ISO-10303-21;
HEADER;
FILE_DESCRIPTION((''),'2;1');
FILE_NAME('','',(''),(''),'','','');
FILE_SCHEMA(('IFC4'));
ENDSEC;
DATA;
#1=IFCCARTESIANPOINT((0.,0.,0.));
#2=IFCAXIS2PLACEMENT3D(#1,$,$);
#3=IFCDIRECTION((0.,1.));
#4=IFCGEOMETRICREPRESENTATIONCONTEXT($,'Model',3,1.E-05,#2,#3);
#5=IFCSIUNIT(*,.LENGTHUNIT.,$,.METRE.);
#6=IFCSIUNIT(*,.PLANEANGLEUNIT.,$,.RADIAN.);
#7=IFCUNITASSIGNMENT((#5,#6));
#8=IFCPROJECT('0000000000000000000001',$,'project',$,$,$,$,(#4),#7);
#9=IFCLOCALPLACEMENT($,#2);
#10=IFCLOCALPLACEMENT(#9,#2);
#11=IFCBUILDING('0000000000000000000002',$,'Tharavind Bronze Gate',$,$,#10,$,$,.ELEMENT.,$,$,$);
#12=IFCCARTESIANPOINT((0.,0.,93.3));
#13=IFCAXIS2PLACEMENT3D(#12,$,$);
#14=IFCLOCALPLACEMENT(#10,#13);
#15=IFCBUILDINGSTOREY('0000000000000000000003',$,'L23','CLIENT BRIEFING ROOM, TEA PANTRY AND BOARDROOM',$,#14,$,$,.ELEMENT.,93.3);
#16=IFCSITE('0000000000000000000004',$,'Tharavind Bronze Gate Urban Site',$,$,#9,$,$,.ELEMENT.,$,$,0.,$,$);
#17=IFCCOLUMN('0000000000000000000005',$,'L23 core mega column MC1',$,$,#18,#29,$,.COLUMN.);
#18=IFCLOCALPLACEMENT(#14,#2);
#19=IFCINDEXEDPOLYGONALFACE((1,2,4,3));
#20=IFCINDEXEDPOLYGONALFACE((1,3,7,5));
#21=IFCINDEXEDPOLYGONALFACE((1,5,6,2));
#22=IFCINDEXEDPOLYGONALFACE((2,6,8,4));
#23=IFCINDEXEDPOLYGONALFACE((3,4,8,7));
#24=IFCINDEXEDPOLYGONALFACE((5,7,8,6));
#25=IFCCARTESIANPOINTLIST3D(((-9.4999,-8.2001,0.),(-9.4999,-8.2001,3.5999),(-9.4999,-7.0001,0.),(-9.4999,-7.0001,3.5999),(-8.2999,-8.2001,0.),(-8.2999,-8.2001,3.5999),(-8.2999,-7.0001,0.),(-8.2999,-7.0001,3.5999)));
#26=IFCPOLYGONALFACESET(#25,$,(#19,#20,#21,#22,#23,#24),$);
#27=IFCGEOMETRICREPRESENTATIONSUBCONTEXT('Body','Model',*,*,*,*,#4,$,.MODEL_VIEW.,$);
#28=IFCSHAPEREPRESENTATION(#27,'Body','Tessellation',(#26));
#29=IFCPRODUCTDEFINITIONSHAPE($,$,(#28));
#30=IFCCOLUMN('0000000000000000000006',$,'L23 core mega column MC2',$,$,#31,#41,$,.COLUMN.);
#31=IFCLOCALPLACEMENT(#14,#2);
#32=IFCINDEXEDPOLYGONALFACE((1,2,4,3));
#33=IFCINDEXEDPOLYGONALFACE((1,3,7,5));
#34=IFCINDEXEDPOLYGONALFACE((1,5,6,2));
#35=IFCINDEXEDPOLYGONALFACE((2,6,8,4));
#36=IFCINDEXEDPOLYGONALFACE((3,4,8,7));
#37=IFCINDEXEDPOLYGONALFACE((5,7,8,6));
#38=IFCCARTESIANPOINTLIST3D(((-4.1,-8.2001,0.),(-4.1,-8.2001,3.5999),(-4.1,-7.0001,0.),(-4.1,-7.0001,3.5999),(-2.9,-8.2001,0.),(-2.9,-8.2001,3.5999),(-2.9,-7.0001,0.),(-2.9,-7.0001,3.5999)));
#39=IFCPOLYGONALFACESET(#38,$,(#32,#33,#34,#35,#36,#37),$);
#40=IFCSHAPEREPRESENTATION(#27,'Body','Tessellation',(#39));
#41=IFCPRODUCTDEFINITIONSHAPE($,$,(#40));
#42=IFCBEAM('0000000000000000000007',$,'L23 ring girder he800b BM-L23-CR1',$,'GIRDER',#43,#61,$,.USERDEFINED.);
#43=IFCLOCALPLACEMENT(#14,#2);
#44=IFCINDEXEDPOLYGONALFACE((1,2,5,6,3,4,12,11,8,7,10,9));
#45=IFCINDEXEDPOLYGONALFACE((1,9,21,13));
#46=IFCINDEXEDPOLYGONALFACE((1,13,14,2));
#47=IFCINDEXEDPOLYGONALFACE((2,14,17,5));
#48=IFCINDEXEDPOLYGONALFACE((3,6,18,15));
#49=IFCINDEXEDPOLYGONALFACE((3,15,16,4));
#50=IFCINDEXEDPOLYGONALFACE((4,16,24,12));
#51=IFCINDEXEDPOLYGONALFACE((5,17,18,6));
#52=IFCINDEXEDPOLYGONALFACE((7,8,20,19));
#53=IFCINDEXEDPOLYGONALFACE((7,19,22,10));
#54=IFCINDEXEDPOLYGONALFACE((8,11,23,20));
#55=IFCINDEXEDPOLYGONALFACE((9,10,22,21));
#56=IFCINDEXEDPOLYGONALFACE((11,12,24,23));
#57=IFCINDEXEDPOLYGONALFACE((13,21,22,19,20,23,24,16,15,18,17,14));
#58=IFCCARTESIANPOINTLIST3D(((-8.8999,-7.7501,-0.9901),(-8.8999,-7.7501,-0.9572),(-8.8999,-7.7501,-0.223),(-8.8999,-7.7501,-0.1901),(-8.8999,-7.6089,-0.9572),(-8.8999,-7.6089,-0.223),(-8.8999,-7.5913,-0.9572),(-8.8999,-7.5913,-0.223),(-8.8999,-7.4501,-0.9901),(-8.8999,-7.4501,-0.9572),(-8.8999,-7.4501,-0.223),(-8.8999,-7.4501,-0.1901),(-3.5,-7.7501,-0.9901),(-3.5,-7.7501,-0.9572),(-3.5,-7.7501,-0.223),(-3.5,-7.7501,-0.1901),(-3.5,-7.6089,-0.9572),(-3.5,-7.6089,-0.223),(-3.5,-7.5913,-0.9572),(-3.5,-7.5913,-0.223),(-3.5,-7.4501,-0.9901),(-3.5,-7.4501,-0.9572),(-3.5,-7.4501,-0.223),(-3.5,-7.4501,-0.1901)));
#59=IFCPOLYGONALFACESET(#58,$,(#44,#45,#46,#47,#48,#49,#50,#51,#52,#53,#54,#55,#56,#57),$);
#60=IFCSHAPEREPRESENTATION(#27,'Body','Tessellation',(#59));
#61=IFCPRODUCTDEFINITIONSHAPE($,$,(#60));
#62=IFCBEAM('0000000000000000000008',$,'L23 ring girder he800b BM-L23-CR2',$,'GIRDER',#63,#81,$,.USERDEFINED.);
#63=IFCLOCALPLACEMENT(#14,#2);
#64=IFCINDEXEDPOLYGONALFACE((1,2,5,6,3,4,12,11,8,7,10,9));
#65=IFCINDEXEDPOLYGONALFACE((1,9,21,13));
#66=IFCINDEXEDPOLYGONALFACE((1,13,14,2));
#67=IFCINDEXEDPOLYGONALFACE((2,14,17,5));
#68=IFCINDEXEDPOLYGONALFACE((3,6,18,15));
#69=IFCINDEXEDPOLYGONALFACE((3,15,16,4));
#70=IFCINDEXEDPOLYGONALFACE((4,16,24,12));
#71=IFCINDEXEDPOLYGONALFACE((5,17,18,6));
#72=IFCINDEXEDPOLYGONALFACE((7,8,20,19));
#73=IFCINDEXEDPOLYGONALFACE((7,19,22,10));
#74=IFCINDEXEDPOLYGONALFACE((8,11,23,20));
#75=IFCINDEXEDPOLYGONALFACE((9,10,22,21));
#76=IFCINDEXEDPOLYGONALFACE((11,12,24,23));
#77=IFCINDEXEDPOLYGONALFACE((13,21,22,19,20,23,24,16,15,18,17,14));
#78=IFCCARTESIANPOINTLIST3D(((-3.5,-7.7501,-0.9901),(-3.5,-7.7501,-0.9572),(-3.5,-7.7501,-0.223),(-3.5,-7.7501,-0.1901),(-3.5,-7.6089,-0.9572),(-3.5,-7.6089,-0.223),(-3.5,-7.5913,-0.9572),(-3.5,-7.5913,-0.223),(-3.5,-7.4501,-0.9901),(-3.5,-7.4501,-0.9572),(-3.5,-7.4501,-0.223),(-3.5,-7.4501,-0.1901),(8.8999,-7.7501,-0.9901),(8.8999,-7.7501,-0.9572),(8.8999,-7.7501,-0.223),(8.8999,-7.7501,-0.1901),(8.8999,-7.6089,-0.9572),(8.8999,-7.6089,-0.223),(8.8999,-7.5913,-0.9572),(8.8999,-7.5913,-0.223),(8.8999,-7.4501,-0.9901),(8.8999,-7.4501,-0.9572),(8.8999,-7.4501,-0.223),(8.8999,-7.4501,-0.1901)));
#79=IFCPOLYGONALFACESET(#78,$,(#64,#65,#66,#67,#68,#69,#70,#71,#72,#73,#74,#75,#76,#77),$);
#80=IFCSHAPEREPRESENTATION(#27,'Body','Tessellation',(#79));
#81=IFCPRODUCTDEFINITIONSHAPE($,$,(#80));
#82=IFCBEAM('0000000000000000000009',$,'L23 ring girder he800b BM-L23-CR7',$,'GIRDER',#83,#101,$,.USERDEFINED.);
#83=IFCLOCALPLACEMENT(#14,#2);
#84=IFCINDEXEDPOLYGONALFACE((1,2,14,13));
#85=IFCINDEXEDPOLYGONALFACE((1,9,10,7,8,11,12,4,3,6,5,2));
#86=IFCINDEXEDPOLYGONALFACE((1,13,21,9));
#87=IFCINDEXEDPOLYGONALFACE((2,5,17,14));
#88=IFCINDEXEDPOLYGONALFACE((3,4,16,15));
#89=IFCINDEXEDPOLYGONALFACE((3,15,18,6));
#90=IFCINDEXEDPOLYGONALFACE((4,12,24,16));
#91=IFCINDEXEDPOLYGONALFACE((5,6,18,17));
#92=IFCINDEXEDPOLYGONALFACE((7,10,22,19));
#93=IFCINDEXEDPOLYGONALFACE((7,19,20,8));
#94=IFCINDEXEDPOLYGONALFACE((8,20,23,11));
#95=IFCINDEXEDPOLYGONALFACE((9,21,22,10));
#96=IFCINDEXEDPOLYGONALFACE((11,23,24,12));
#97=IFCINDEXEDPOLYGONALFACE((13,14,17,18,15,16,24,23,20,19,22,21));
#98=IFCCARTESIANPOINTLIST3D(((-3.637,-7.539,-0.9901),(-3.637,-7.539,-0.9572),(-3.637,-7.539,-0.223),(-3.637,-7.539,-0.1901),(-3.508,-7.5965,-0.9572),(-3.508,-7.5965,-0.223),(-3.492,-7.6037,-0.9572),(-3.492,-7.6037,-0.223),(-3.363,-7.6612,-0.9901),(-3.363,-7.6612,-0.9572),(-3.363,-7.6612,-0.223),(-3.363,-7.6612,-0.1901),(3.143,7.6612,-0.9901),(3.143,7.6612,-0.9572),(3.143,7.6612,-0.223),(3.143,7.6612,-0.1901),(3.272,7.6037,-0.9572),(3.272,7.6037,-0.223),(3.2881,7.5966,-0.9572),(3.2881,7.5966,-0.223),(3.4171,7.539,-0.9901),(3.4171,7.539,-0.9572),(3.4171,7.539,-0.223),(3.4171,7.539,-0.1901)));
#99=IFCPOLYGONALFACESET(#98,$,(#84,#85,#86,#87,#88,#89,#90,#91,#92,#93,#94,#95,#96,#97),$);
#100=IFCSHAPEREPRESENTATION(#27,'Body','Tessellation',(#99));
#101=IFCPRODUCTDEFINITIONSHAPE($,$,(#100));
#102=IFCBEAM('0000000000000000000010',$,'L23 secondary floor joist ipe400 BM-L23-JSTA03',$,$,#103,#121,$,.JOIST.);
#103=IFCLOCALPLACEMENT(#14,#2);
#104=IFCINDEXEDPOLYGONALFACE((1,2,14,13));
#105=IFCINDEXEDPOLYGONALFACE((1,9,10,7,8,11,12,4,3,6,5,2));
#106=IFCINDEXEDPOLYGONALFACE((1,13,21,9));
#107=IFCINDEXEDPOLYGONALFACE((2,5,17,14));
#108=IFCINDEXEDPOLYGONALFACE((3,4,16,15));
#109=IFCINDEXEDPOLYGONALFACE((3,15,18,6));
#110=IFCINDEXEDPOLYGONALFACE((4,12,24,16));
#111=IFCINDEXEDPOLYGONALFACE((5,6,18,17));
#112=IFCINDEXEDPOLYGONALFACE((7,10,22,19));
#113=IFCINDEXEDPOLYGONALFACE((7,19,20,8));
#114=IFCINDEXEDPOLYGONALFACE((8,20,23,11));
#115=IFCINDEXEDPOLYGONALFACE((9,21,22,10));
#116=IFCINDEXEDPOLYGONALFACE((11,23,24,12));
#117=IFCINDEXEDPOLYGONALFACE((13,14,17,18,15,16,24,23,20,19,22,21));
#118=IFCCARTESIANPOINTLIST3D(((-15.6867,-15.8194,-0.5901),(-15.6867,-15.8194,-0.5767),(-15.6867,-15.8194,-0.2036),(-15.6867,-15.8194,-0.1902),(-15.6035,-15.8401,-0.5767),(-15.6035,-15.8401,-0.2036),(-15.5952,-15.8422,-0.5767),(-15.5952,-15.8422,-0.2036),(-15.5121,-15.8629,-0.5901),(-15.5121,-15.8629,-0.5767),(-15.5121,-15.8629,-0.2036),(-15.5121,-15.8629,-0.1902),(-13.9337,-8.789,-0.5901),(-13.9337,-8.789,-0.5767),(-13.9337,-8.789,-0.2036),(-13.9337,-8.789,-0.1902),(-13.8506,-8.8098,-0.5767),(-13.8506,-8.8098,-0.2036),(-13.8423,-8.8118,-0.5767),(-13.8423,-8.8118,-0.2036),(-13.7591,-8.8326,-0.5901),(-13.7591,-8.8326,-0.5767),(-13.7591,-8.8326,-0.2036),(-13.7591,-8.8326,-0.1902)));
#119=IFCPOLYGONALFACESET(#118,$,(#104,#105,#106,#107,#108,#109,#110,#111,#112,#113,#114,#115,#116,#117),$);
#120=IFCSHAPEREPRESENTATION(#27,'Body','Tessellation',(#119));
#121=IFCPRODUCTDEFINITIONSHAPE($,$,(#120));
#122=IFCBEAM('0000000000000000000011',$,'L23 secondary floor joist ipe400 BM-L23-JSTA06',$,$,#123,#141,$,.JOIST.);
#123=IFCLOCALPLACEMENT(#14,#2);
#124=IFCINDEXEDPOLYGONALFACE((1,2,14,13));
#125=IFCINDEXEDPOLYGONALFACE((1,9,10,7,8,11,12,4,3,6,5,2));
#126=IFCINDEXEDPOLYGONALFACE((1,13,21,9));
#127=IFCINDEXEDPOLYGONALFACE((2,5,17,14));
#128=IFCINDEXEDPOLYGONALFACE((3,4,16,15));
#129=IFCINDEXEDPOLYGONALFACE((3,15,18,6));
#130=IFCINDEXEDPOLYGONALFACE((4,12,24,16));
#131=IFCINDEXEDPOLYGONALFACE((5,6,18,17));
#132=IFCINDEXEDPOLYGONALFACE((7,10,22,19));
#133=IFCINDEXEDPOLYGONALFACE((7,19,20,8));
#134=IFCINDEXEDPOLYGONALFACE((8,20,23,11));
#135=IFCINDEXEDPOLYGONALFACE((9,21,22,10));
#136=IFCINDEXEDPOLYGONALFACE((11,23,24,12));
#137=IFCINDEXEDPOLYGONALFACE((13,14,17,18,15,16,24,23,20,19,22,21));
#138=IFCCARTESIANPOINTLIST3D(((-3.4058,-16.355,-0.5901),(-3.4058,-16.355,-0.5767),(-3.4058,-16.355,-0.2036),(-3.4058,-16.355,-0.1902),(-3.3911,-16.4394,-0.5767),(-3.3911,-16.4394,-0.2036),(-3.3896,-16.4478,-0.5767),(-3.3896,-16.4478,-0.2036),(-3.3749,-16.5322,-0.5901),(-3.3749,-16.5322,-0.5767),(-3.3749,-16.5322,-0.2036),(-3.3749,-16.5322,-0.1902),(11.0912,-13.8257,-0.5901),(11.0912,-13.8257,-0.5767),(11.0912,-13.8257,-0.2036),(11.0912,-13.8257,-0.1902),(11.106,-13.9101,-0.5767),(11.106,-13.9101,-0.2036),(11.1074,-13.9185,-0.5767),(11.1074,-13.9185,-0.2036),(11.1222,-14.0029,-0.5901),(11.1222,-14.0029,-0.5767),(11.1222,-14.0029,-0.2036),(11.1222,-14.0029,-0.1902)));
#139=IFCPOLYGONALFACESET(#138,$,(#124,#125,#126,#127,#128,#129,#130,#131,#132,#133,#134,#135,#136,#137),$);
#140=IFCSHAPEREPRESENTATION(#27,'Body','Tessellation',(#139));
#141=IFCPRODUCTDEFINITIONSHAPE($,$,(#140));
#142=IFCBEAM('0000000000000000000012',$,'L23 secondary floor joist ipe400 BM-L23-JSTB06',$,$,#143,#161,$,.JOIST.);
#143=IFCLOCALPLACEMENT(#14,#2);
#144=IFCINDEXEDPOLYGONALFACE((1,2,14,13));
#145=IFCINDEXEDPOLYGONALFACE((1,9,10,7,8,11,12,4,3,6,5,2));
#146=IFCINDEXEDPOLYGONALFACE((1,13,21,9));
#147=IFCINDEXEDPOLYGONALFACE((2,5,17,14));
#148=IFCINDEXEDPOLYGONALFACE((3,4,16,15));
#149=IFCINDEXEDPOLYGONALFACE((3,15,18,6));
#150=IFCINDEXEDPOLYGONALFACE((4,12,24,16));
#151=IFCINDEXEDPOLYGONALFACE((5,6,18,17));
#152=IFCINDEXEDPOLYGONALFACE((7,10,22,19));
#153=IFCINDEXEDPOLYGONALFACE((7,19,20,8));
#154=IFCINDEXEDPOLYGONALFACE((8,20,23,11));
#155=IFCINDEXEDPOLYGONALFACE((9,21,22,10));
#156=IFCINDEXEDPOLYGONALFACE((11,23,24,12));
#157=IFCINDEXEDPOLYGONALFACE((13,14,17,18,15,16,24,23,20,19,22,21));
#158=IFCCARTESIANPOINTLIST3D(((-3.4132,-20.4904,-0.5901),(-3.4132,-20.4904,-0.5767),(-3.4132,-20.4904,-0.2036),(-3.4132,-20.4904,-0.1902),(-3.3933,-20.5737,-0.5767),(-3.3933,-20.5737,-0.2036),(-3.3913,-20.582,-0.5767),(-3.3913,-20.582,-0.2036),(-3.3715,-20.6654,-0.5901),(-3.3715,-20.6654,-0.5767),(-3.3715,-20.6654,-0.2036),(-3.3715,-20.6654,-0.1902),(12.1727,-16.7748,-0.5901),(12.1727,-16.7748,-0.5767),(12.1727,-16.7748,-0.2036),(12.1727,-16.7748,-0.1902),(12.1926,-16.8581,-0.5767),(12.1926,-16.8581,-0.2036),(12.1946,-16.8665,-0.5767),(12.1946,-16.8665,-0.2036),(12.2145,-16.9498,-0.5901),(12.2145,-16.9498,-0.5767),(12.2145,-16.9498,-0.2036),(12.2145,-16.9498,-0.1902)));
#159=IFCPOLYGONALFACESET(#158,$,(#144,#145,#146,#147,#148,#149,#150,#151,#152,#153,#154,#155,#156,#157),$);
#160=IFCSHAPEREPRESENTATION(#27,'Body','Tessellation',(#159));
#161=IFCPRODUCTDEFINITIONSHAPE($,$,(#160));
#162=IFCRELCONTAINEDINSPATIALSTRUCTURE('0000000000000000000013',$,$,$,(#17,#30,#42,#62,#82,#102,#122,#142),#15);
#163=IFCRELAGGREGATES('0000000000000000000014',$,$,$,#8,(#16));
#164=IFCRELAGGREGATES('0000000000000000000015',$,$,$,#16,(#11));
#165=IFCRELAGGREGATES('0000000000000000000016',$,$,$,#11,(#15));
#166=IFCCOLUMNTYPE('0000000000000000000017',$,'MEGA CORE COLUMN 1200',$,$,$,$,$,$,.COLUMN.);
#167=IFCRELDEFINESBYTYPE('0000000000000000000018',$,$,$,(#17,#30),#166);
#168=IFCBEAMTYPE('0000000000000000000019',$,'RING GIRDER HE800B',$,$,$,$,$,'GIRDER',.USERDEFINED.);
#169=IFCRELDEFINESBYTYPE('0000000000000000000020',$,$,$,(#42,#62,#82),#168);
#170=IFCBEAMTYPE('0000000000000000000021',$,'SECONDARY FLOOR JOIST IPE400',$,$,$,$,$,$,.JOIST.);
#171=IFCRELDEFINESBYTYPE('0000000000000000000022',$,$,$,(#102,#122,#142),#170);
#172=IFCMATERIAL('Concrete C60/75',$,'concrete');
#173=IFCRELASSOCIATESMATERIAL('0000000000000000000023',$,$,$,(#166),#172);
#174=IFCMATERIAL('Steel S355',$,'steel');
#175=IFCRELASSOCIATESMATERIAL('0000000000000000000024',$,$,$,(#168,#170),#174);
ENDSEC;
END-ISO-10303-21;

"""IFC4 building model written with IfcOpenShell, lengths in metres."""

from ifc_helpers import new_model, si_unit, direction, frame, origin, origin_2d, place, context, subcontext, project, spatial, rectangle, i_section, extrude, material, material_profile, profile_set, type_object, element, save


model = new_model("IFC4")

# Units and contexts
model_context = context("Model", 3, precision=1e-05, world=origin(), true_north=direction((0.0, 1.0)))
body_context = subcontext(model_context, "Body", "Model", "MODEL_VIEW")
ifc_project = project(units=[si_unit("LENGTHUNIT", "METRE"), si_unit("PLANEANGLEUNIT", "RADIAN")], contexts=[model_context])

# Site, building, storey
site_placement = place(None, origin())
site = spatial("IfcSite", under=ifc_project, at=site_placement, Name="Tharavind Bronze Gate Urban Site", CompositionType="ELEMENT", RefElevation=0.0)
building_placement = place(site_placement, origin())
building = spatial("IfcBuilding", under=site, at=building_placement, Name="Tharavind Bronze Gate", CompositionType="ELEMENT")
storey_placement = place(building_placement, frame((0.0, 0.0, 93.3)))
storey = spatial("IfcBuildingStorey", under=building, at=storey_placement, Name="L23", Description="CLIENT BRIEFING ROOM, TEA PANTRY AND BOARDROOM", CompositionType="ELEMENT", Elevation=93.3)

# Columns
ifc_material_1 = material(Name="Concrete C60/75", Category="concrete")
ifc_material_profile_1 = material_profile(ifc_material_1, rectangle(XDim=1.2, YDim=1.2, at=origin_2d()), Name="RCCOL1200")
ifc_profile_set_1 = profile_set([ifc_material_profile_1], Name="Concrete C60/75")
column_type = type_object("IfcColumnType", Name="MEGA CORE COLUMN 1200", PredefinedType="COLUMN", material=ifc_profile_set_1)
for number, where, z_axis, x_axis, name in (
    (1, (-8.8999, -7.6001, 0.0), (0.0, 0.0, 1.0), (1.0, 0.0, 0.0), "L23 core mega column MC1"),
    (2, (-3.5, -7.6001, 0.0), (0.0, 0.0, 1.0), (1.0, 0.0, 0.0), "L23 core mega column MC2"),
):
    element("IfcColumn", number, at=place(storey_placement, frame(where, z_axis=z_axis, x_axis=x_axis)), inside=storey, type_object=column_type, Name=name, PredefinedType="COLUMN", context=body_context, shape_type="SweptSolid", body=[
        extrude(rectangle(XDim=1.2, YDim=1.2, at=origin_2d()), origin(), (0.0, 0.0, 1.0), 3.5999),
    ])

# Beams
ifc_material_2 = material(Name="Steel S355", Category="steel")
ifc_material_profile_2 = material_profile(ifc_material_2, i_section(OverallWidth=0.3, OverallDepth=0.8, WebThickness=0.0176, FlangeThickness=0.033, at=origin_2d()), Name="HE800B")
ifc_profile_set_2 = profile_set([ifc_material_profile_2], Name="Steel S355")
beam_type_1 = type_object("IfcBeamType", Name="RING GIRDER HE800B", ElementType="GIRDER", PredefinedType="USERDEFINED", material=ifc_profile_set_2)
beam_1_placement = place(storey_placement, frame((-8.8999, -7.6001, -0.5901), z_axis=(1.0, 0.0, 0.0), x_axis=(0.0, 1.0, 0.0)))
element("IfcBeam", 3, at=beam_1_placement, inside=storey, type_object=beam_type_1, Name="L23 ring girder he800b BM-L23-CR1", ObjectType="GIRDER", PredefinedType="USERDEFINED", context=body_context, shape_type="SweptSolid", body=[
    extrude(i_section(OverallWidth=0.3, OverallDepth=0.8, WebThickness=0.0176, FlangeThickness=0.033, at=origin_2d()), origin(), (0.0, 0.0, 1.0), 5.3999),
])
beam_2_placement = place(storey_placement, frame((-3.5, -7.6001, -0.5901), z_axis=(1.0, 0.0, 0.0), x_axis=(0.0, 1.0, 0.0)))
element("IfcBeam", 4, at=beam_2_placement, inside=storey, type_object=beam_type_1, Name="L23 ring girder he800b BM-L23-CR2", ObjectType="GIRDER", PredefinedType="USERDEFINED", context=body_context, shape_type="SweptSolid", body=[
    extrude(i_section(OverallWidth=0.3, OverallDepth=0.8, WebThickness=0.0176, FlangeThickness=0.033, at=origin_2d()), origin(), (0.0, 0.0, 1.0), 12.3999),
])
beam_3_placement = place(storey_placement, frame((-3.5, -7.6001, -0.5901), z_axis=(0.407362, 0.913267, 0.0), x_axis=(-0.913267, 0.407362, 0.0)))
element("IfcBeam", 5, at=beam_3_placement, inside=storey, type_object=beam_type_1, Name="L23 ring girder he800b BM-L23-CR7", ObjectType="GIRDER", PredefinedType="USERDEFINED", context=body_context, shape_type="SweptSolid", body=[
    extrude(i_section(OverallWidth=0.3, OverallDepth=0.8, WebThickness=0.0176, FlangeThickness=0.033, at=origin_2d()), origin(), (0.0, 0.0, 1.0), 16.6438),
])
ifc_material_profile_3 = material_profile(ifc_material_2, i_section(OverallWidth=0.1799, OverallDepth=0.3999, WebThickness=0.0085, FlangeThickness=0.0134, at=origin_2d()), Name="IPE400")
ifc_profile_set_3 = profile_set([ifc_material_profile_3], Name="Steel S355")
beam_type_2 = type_object("IfcBeamType", Name="SECONDARY FLOOR JOIST IPE400", PredefinedType="JOIST", material=ifc_profile_set_3)
beam_4_placement = place(storey_placement, frame((-13.8464, -8.8108, -0.3901), z_axis=(-0.241933, -0.970293, 0.0), x_axis=(0.970293, -0.241933, 0.0)))
element("IfcBeam", 6, at=beam_4_placement, inside=storey, type_object=beam_type_2, Name="L23 secondary floor joist ipe400 BM-L23-JSTA03", PredefinedType="JOIST", context=body_context, shape_type="SweptSolid", body=[
    extrude(i_section(OverallWidth=0.1799, OverallDepth=0.3999, WebThickness=0.0085, FlangeThickness=0.0134, at=origin_2d()), origin(), (0.0, 0.0, 1.0), 7.2456),
])
beam_5_placement = place(storey_placement, frame((-3.3904, -16.4436, -0.3901), z_axis=(0.985119, 0.171873, 0.0), x_axis=(-0.171873, 0.985119, 0.0)))
element("IfcBeam", 7, at=beam_5_placement, inside=storey, type_object=beam_type_2, Name="L23 secondary floor joist ipe400 BM-L23-JSTA06", PredefinedType="JOIST", context=body_context, shape_type="SweptSolid", body=[
    extrude(i_section(OverallWidth=0.1799, OverallDepth=0.3999, WebThickness=0.0085, FlangeThickness=0.0134, at=origin_2d()), origin(), (0.0, 0.0, 1.0), 14.7161),
])
beam_6_placement = place(storey_placement, frame((-3.3923, -20.5779, -0.3901), z_axis=(0.972741, 0.231894, 0.0), x_axis=(-0.231894, 0.972741, 0.0)))
element("IfcBeam", 8, at=beam_6_placement, inside=storey, type_object=beam_type_2, Name="L23 secondary floor joist ipe400 BM-L23-JSTB06", PredefinedType="JOIST", context=body_context, shape_type="SweptSolid", body=[
    extrude(i_section(OverallWidth=0.1799, OverallDepth=0.3999, WebThickness=0.0085, FlangeThickness=0.0134, at=origin_2d()), origin(), (0.0, 0.0, 1.0), 16.0227),
])

save(model, "model.ifc")
